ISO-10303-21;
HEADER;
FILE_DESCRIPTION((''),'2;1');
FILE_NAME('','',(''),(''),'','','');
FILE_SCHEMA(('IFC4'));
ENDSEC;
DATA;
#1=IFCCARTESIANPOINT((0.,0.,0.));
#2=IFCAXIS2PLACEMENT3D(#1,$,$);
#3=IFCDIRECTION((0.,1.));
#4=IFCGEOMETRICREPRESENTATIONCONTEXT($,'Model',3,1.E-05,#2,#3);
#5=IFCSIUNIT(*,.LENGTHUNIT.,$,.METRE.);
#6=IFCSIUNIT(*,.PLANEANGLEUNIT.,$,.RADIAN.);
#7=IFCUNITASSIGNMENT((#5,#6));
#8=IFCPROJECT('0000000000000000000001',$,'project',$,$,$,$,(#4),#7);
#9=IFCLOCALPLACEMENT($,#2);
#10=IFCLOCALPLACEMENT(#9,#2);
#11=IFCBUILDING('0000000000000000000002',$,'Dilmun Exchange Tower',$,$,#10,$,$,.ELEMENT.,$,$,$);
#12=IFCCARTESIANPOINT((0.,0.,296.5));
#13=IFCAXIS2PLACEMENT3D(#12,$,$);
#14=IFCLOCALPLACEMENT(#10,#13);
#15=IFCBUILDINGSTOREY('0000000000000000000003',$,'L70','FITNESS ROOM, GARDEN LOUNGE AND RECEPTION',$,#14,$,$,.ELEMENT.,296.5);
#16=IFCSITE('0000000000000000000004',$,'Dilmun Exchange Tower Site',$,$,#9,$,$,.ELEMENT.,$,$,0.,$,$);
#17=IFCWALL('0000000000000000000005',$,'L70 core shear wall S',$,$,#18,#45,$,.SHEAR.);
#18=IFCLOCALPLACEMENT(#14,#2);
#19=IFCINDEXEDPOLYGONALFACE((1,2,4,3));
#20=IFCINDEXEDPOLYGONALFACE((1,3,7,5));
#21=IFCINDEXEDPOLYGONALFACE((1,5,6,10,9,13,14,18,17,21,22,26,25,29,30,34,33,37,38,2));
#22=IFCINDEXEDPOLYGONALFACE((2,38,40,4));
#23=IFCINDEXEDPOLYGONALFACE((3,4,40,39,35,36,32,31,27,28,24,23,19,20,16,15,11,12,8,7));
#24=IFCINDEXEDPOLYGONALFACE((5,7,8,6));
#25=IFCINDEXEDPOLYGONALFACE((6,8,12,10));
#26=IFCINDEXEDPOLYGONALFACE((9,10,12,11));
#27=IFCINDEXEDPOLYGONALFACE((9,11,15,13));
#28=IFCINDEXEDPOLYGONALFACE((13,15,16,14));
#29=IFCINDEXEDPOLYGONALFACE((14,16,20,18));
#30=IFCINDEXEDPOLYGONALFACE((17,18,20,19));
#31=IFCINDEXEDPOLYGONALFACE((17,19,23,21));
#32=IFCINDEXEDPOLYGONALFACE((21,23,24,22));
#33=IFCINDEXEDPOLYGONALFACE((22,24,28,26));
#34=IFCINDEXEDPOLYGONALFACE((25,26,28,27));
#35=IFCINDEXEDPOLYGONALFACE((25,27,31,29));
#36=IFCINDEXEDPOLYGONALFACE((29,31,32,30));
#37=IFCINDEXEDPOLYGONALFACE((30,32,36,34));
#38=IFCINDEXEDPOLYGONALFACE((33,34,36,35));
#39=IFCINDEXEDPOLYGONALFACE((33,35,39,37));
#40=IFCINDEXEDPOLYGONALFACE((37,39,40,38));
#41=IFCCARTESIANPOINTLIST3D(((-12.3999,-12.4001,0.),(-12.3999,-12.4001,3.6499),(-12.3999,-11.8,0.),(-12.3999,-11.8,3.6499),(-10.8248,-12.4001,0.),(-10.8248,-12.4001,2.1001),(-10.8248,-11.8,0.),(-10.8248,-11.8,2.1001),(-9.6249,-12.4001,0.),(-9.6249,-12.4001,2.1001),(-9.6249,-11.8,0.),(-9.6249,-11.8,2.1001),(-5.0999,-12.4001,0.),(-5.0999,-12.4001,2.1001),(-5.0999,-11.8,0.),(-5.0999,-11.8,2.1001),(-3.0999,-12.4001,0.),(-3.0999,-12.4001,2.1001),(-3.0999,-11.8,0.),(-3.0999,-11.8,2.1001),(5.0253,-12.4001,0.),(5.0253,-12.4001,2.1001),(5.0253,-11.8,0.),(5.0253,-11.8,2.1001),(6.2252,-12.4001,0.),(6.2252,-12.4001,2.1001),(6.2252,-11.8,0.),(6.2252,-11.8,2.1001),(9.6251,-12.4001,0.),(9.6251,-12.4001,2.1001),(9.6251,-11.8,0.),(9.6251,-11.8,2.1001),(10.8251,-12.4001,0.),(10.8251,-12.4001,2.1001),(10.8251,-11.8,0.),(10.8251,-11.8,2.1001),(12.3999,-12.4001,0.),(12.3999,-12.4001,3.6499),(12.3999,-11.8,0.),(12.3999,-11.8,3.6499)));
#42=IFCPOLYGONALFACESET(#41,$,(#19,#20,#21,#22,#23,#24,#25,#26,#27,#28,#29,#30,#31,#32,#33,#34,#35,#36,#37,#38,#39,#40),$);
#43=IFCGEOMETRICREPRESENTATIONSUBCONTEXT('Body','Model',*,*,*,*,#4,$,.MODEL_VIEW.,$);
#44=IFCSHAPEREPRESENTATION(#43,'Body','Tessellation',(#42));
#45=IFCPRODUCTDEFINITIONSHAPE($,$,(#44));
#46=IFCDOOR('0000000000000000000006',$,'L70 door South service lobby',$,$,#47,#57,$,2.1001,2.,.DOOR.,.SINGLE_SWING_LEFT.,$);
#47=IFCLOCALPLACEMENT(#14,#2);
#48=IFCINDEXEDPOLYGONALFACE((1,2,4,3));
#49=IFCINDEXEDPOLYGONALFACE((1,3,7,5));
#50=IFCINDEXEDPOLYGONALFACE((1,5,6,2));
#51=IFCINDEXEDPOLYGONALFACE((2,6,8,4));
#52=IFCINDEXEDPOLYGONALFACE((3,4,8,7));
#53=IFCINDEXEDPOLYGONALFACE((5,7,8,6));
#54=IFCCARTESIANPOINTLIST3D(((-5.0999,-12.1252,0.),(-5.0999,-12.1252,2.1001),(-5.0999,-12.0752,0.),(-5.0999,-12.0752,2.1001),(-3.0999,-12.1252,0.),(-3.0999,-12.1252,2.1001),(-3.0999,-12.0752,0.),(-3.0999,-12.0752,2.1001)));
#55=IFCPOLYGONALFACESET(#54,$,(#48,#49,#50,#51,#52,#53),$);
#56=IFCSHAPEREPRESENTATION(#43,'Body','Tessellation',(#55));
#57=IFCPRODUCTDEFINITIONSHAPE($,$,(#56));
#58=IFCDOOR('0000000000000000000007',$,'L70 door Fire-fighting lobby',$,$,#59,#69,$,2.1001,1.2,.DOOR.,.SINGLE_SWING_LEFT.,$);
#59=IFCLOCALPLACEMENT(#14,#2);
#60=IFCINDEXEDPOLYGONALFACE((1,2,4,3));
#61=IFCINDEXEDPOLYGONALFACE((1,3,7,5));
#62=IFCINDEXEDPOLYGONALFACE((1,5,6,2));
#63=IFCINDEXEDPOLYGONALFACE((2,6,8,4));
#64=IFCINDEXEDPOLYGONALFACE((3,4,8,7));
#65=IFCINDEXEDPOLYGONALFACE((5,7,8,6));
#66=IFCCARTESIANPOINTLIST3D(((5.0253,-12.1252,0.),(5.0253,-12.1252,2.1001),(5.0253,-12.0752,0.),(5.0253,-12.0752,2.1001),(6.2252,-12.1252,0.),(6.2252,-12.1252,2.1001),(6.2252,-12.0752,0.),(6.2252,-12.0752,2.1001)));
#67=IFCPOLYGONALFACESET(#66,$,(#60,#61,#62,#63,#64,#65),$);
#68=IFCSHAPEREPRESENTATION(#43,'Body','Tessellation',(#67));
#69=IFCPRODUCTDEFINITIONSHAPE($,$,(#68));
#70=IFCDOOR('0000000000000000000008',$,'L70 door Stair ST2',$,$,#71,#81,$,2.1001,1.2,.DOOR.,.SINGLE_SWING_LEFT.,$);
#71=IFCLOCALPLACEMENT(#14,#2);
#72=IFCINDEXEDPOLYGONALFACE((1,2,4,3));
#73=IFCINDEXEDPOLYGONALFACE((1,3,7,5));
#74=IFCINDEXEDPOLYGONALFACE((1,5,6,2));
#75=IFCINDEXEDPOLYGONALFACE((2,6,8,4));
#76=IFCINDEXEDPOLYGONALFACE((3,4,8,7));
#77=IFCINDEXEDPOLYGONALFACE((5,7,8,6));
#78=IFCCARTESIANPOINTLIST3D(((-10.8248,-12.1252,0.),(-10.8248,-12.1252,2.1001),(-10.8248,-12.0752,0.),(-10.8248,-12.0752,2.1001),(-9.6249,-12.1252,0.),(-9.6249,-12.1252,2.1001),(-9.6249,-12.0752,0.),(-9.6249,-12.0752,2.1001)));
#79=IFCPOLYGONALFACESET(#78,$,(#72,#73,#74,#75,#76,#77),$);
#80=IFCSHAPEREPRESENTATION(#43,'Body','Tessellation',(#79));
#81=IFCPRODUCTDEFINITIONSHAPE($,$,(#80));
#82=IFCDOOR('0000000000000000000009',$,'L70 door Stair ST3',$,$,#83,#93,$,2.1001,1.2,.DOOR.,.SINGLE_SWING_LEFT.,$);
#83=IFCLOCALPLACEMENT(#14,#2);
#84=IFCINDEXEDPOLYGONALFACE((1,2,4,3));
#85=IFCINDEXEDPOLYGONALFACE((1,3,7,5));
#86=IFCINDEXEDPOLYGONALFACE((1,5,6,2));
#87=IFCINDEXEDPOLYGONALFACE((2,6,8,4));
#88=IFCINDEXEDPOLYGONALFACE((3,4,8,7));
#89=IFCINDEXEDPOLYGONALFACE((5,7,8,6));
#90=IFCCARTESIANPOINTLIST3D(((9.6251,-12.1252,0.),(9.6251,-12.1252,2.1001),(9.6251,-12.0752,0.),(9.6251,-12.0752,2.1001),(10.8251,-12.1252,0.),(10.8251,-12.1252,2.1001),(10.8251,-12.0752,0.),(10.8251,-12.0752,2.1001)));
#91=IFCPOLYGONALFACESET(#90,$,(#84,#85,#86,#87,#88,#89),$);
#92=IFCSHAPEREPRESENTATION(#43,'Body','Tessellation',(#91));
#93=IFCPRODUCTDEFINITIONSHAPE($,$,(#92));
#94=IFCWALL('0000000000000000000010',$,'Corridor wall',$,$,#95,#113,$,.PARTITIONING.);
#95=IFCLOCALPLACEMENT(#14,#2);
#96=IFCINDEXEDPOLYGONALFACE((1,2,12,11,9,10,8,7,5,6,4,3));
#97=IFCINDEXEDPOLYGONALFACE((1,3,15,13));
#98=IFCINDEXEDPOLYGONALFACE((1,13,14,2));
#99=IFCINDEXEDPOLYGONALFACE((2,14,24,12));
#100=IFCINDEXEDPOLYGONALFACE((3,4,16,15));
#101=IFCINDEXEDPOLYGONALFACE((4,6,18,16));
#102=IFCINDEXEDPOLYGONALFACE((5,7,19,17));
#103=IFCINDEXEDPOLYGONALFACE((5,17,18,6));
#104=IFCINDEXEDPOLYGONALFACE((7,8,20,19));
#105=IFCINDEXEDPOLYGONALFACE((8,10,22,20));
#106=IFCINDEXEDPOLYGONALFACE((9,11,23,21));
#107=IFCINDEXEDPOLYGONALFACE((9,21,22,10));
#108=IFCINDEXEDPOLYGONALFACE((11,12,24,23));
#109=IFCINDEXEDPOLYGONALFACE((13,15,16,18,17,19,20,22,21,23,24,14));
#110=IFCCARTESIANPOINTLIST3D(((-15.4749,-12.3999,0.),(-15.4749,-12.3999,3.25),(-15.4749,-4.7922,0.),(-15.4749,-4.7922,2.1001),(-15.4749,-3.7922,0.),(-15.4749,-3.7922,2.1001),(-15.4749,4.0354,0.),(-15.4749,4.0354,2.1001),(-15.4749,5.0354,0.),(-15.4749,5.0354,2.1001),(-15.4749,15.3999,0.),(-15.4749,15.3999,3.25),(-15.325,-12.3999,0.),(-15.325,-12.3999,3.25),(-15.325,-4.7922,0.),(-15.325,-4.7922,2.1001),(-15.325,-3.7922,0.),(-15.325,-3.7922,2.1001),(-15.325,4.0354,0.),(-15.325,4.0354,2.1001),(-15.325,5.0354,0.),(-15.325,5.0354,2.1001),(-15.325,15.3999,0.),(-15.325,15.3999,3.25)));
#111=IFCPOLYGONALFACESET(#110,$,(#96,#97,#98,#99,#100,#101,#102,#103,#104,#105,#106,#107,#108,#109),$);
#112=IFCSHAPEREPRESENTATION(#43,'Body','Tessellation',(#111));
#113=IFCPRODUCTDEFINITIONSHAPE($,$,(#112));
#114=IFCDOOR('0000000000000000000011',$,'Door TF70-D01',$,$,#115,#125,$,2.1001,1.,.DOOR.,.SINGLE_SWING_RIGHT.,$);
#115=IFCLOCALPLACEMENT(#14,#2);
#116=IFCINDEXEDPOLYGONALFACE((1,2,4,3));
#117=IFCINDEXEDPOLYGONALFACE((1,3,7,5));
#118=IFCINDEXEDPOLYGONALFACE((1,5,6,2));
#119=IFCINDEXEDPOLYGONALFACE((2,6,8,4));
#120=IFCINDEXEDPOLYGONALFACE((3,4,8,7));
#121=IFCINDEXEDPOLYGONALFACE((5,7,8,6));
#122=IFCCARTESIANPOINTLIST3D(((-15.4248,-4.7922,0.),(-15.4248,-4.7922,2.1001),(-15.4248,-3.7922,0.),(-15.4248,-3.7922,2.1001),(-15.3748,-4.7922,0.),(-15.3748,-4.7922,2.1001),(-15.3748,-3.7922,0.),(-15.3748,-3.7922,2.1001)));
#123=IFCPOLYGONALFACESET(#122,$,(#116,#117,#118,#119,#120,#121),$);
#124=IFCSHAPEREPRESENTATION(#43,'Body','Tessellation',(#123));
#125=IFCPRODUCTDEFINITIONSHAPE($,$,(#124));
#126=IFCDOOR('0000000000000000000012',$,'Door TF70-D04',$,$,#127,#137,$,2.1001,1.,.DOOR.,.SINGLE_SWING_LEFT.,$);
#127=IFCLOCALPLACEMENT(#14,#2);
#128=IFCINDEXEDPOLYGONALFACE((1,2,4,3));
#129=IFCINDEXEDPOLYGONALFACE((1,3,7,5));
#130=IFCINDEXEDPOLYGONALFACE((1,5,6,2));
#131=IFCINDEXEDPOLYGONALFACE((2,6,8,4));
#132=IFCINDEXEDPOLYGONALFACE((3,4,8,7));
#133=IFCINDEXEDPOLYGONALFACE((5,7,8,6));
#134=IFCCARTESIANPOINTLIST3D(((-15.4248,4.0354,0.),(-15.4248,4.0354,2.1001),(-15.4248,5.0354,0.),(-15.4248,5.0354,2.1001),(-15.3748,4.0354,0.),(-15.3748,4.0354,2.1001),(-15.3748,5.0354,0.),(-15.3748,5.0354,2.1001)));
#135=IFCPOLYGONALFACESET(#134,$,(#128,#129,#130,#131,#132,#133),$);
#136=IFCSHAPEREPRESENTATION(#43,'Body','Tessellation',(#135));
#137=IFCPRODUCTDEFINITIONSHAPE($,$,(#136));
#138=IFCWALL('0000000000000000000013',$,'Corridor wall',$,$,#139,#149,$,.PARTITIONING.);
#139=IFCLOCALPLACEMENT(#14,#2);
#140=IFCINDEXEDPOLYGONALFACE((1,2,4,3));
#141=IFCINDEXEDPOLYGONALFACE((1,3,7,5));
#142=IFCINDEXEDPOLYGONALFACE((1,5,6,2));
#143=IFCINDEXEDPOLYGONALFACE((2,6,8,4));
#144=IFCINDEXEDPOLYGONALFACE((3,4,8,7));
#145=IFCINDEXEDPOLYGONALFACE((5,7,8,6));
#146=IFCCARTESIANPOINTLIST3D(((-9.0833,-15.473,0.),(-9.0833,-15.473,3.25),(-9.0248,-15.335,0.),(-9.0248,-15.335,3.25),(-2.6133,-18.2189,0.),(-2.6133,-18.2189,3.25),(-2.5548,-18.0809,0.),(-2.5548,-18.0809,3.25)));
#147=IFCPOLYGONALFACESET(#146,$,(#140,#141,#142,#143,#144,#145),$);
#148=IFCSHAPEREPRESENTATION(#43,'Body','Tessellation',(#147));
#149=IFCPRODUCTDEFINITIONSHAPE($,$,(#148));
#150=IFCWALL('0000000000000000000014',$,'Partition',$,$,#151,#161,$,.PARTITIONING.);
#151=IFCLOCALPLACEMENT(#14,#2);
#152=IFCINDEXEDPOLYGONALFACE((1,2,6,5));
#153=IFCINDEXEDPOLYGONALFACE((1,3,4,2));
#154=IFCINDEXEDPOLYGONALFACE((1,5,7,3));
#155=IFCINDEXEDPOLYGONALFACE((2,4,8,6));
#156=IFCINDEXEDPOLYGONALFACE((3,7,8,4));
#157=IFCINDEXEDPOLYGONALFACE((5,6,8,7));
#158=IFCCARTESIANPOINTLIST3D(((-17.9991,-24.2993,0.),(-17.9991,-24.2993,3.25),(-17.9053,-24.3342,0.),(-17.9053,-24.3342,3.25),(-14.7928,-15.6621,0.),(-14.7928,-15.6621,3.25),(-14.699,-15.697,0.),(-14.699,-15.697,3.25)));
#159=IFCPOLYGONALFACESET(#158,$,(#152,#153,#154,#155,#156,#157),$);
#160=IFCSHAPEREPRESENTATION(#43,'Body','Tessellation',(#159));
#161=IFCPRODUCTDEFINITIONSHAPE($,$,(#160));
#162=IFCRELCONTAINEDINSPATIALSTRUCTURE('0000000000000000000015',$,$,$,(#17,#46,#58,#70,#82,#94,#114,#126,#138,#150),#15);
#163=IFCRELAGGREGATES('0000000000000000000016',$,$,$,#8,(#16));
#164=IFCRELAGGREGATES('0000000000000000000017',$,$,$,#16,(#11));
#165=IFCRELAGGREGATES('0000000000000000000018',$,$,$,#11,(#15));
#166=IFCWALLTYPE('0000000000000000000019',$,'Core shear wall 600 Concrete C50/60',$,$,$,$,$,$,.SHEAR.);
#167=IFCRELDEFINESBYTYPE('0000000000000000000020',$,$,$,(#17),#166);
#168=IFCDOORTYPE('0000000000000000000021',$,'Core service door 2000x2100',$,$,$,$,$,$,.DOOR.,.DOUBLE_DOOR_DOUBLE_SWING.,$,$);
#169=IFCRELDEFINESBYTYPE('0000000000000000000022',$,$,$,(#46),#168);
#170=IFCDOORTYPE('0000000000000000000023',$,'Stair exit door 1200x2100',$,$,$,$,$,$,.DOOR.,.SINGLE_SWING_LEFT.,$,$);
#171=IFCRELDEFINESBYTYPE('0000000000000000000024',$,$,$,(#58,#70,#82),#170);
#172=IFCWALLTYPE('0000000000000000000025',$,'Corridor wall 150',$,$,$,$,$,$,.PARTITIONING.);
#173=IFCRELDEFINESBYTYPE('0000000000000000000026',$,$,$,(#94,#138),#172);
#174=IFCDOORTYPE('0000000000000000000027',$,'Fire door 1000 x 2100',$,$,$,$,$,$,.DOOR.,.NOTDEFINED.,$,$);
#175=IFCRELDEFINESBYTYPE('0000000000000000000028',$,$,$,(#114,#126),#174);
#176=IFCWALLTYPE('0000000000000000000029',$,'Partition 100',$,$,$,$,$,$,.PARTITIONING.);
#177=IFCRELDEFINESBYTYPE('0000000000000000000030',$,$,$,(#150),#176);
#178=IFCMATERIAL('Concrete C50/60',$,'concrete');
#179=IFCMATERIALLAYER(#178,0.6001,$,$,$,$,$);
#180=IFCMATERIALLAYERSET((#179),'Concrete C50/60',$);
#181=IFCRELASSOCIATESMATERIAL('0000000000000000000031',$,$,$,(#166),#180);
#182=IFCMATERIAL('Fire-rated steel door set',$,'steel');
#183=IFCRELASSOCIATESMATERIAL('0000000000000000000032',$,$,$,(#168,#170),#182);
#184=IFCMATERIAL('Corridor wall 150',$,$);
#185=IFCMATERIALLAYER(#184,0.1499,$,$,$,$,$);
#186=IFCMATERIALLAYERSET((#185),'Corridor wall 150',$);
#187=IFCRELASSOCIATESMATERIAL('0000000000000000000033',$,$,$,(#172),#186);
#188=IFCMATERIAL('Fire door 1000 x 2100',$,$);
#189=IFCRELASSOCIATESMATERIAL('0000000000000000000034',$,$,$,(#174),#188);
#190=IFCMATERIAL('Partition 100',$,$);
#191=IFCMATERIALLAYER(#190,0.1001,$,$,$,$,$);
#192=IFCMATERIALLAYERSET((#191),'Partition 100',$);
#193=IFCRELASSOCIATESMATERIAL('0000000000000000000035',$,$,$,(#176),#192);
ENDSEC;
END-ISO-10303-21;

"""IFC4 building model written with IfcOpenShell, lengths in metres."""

from ifc_helpers import new_model, si_unit, direction, frame, frame_2d, origin, place, context, subcontext, project, spatial, rectangle, extrude, material, layer, layer_set, type_object, element, fill, save


model = new_model("IFC4")

# Units and contexts
model_context = context("Model", 3, precision=1e-05, world=origin(), true_north=direction((0.0, 1.0)))
body_context = subcontext(model_context, "Body", "Model", "MODEL_VIEW")
ifc_project = project(units=[si_unit("LENGTHUNIT", "METRE"), si_unit("PLANEANGLEUNIT", "RADIAN")], contexts=[model_context])

# Site, building, storey
site_placement = place(None, origin())
site = spatial("IfcSite", under=ifc_project, at=site_placement, Name="Dilmun Exchange Tower Site", CompositionType="ELEMENT", RefElevation=0.0)
building_placement = place(site_placement, origin())
building = spatial("IfcBuilding", under=site, at=building_placement, Name="Dilmun Exchange Tower", CompositionType="ELEMENT")
storey_placement = place(building_placement, frame((0.0, 0.0, 296.5)))
storey = spatial("IfcBuildingStorey", under=building, at=storey_placement, Name="L70", Description="FITNESS ROOM, GARDEN LOUNGE AND RECEPTION", CompositionType="ELEMENT", Elevation=296.5)

# Shared definitions
ifc_material_1 = material(Name="Concrete C50/60", Category="concrete")

# Wall, openings, doors
ifc_material_2 = material(Name="Fire-rated steel door set", Category="steel")
ifc_layer_1 = layer(ifc_material_1, 0.6001)
ifc_layer_set_1 = layer_set([ifc_layer_1], Name="Concrete C50/60")
wall_type_1 = type_object("IfcWallType", Name="Core shear wall 600 Concrete C50/60", PredefinedType="SHEAR", material=ifc_layer_set_1)
wall_1_placement = place(storey_placement, frame((-12.3999, -12.1001, 0.0), z_axis=(0.0, 0.0, 1.0), x_axis=(1.0, 0.0, 0.0)))
wall_1 = element("IfcWall", 1, at=wall_1_placement, inside=storey, type_object=wall_type_1, Name="L70 core shear wall S", PredefinedType="SHEAR", context=body_context, shape_type="SweptSolid", body=[
    extrude(rectangle(XDim=24.7998, YDim=0.6001, at=frame_2d((12.3999, 0.0))), origin(), (0.0, 0.0, 1.0), 3.6499),
])
opening_1_placement = place(wall_1_placement, frame((7.3, 0.0, 0.0)))
opening_1 = element("IfcOpeningElement", 2, at=opening_1_placement, cuts=wall_1, PredefinedType="OPENING", context=body_context, shape_type="SweptSolid", body=[
    extrude(rectangle(XDim=2.0, YDim=2.1001, at=frame_2d((1.0, 1.05))), frame((0.0, 0.3101, 0.0), z_axis=(0.0, -1.0, 0.0), x_axis=(1.0, 0.0, 0.0)), (0.0, 0.0, 1.0), 0.6201),
])
opening_2_placement = place(wall_1_placement, frame((17.425, 0.0, 0.0)))
opening_2 = element("IfcOpeningElement", 3, at=opening_2_placement, cuts=wall_1, PredefinedType="OPENING", context=body_context, shape_type="SweptSolid", body=[
    extrude(rectangle(XDim=1.2, YDim=2.1001, at=frame_2d((0.6001, 1.05))), frame((0.0, 0.3101, 0.0), z_axis=(0.0, -1.0, 0.0), x_axis=(1.0, 0.0, 0.0)), (0.0, 0.0, 1.0), 0.6201),
])
opening_3_placement = place(wall_1_placement, frame((1.575, 0.0, 0.0)))
opening_3 = element("IfcOpeningElement", 4, at=opening_3_placement, cuts=wall_1, PredefinedType="OPENING", context=body_context, shape_type="SweptSolid", body=[
    extrude(rectangle(XDim=1.2, YDim=2.1001, at=frame_2d((0.6001, 1.05))), frame((0.0, 0.3101, 0.0), z_axis=(0.0, -1.0, 0.0), x_axis=(1.0, 0.0, 0.0)), (0.0, 0.0, 1.0), 0.6201),
])
opening_4_placement = place(wall_1_placement, frame((22.0249, 0.0, 0.0)))
opening_4 = element("IfcOpeningElement", 5, at=opening_4_placement, cuts=wall_1, PredefinedType="OPENING", context=body_context, shape_type="SweptSolid", body=[
    extrude(rectangle(XDim=1.2, YDim=2.1001, at=frame_2d((0.6001, 1.05))), frame((0.0, 0.3101, 0.0), z_axis=(0.0, -1.0, 0.0), x_axis=(1.0, 0.0, 0.0)), (0.0, 0.0, 1.0), 0.6201),
])
door_type_1 = type_object("IfcDoorType", Name="Core service door 2000x2100", OperationType="DOUBLE_DOOR_DOUBLE_SWING", PredefinedType="DOOR", material=ifc_material_2)
door_1_placement = place(opening_1_placement, origin())
door_1 = element("IfcDoor", 6, at=door_1_placement, inside=storey, type_object=door_type_1, Name="L70 door South service lobby", OperationType="SINGLE_SWING_LEFT", OverallHeight=2.1001, OverallWidth=2.0, PredefinedType="DOOR", context=body_context, shape_type="SweptSolid", body=[
    extrude(rectangle(XDim=2.0, YDim=2.1001, at=frame_2d((1.0, 1.05))), frame((0.0, 0.0249, 0.0), z_axis=(0.0, -1.0, 0.0), x_axis=(1.0, 0.0, 0.0)), (0.0, 0.0, 1.0), 0.05),
])
fill(opening_1, door_1)
door_type_2 = type_object("IfcDoorType", Name="Stair exit door 1200x2100", OperationType="SINGLE_SWING_LEFT", PredefinedType="DOOR", material=ifc_material_2)
door_2_placement = place(opening_2_placement, origin())
door_2 = element("IfcDoor", 7, at=door_2_placement, inside=storey, type_object=door_type_2, Name="L70 door Fire-fighting lobby", OperationType="SINGLE_SWING_LEFT", OverallHeight=2.1001, OverallWidth=1.2, PredefinedType="DOOR", context=body_context, shape_type="SweptSolid", body=[
    extrude(rectangle(XDim=1.2, YDim=2.1001, at=frame_2d((0.6001, 1.05))), frame((0.0, 0.0249, 0.0), z_axis=(0.0, -1.0, 0.0), x_axis=(1.0, 0.0, 0.0)), (0.0, 0.0, 1.0), 0.05),
])
fill(opening_2, door_2)
door_3_placement = place(opening_3_placement, origin())
door_3 = element("IfcDoor", 8, at=door_3_placement, inside=storey, type_object=door_type_2, Name="L70 door Stair ST2", OperationType="SINGLE_SWING_LEFT", OverallHeight=2.1001, OverallWidth=1.2, PredefinedType="DOOR", context=body_context, shape_type="SweptSolid", body=[
    extrude(rectangle(XDim=1.2, YDim=2.1001, at=frame_2d((0.6001, 1.05))), frame((0.0, 0.0249, 0.0), z_axis=(0.0, -1.0, 0.0), x_axis=(1.0, 0.0, 0.0)), (0.0, 0.0, 1.0), 0.05),
])
fill(opening_3, door_3)
door_4_placement = place(opening_4_placement, origin())
door_4 = element("IfcDoor", 9, at=door_4_placement, inside=storey, type_object=door_type_2, Name="L70 door Stair ST3", OperationType="SINGLE_SWING_LEFT", OverallHeight=2.1001, OverallWidth=1.2, PredefinedType="DOOR", context=body_context, shape_type="SweptSolid", body=[
    extrude(rectangle(XDim=1.2, YDim=2.1001, at=frame_2d((0.6001, 1.05))), frame((0.0, 0.0249, 0.0), z_axis=(0.0, -1.0, 0.0), x_axis=(1.0, 0.0, 0.0)), (0.0, 0.0, 1.0), 0.05),
])
fill(opening_4, door_4)

# Wall, openings, doors
ifc_material_3 = material(Name="Corridor wall 150")
ifc_layer_2 = layer(ifc_material_3, 0.1499)
ifc_layer_set_2 = layer_set([ifc_layer_2], Name="Corridor wall 150")
wall_type_2 = type_object("IfcWallType", Name="Corridor wall 150", PredefinedType="PARTITIONING", material=ifc_layer_set_2)
wall_2_placement = place(storey_placement, frame((-15.3999, -12.3999, 0.0), z_axis=(0.0, 0.0, 1.0), x_axis=(0.0, 1.0, 0.0)))
wall_2 = element("IfcWall", 10, at=wall_2_placement, inside=storey, type_object=wall_type_2, Name="Corridor wall", PredefinedType="PARTITIONING", context=body_context, shape_type="SweptSolid", body=[
    extrude(rectangle(XDim=27.7998, YDim=0.1499, at=frame_2d((13.8999, 0.0))), origin(), (0.0, 0.0, 1.0), 3.25),
])
opening_5_placement = place(wall_2_placement, frame((7.6077, 0.0, 0.0)))
opening_5 = element("IfcOpeningElement", 11, at=opening_5_placement, cuts=wall_2, PredefinedType="OPENING", context=body_context, shape_type="SweptSolid", body=[
    extrude(rectangle(XDim=1.0, YDim=2.1001, at=frame_2d((0.5, 1.05))), frame((0.0, 0.085, 0.0), z_axis=(0.0, -1.0, 0.0), x_axis=(1.0, 0.0, 0.0)), (0.0, 0.0, 1.0), 0.1699),
])
opening_6_placement = place(wall_2_placement, frame((16.4353, 0.0, 0.0)))
opening_6 = element("IfcOpeningElement", 12, at=opening_6_placement, cuts=wall_2, PredefinedType="OPENING", context=body_context, shape_type="SweptSolid", body=[
    extrude(rectangle(XDim=1.0, YDim=2.1001, at=frame_2d((0.5, 1.05))), frame((0.0, 0.085, 0.0), z_axis=(0.0, -1.0, 0.0), x_axis=(1.0, 0.0, 0.0)), (0.0, 0.0, 1.0), 0.1699),
])
ifc_material_4 = material(Name="Fire door 1000 x 2100")
door_type_3 = type_object("IfcDoorType", Name="Fire door 1000 x 2100", OperationType="NOTDEFINED", PredefinedType="DOOR", material=ifc_material_4)
door_5_placement = place(opening_5_placement, origin())
door_5 = element("IfcDoor", 13, at=door_5_placement, inside=storey, type_object=door_type_3, Name="Door TF70-D01", OperationType="SINGLE_SWING_RIGHT", OverallHeight=2.1001, OverallWidth=1.0, PredefinedType="DOOR", context=body_context, shape_type="SweptSolid", body=[
    extrude(rectangle(XDim=1.0, YDim=2.1001, at=frame_2d((0.5, 1.05))), frame((0.0, 0.0249, 0.0), z_axis=(0.0, -1.0, 0.0), x_axis=(1.0, 0.0, 0.0)), (0.0, 0.0, 1.0), 0.05),
])
fill(opening_5, door_5)
door_6_placement = place(opening_6_placement, origin())
door_6 = element("IfcDoor", 14, at=door_6_placement, inside=storey, type_object=door_type_3, Name="Door TF70-D04", OperationType="SINGLE_SWING_LEFT", OverallHeight=2.1001, OverallWidth=1.0, PredefinedType="DOOR", context=body_context, shape_type="SweptSolid", body=[
    extrude(rectangle(XDim=1.0, YDim=2.1001, at=frame_2d((0.5, 1.05))), frame((0.0, 0.0249, 0.0), z_axis=(0.0, -1.0, 0.0), x_axis=(1.0, 0.0, 0.0)), (0.0, 0.0, 1.0), 0.05),
])
fill(opening_6, door_6)

# Walls
wall_3_placement = place(storey_placement, frame((-9.054, -15.4041, 0.0), z_axis=(0.0, 0.0, 1.0), x_axis=(0.92053, -0.390672, 0.0)))
element("IfcWall", 15, at=wall_3_placement, inside=storey, type_object=wall_type_2, Name="Corridor wall", PredefinedType="PARTITIONING", context=body_context, shape_type="SweptSolid", body=[
    extrude(rectangle(XDim=7.0286, YDim=0.1499, at=frame_2d((3.5142, 0.0))), origin(), (0.0, 0.0, 1.0), 3.25),
])
ifc_material_5 = material(Name="Partition 100")
ifc_layer_3 = layer(ifc_material_5, 0.1001)
ifc_layer_set_3 = layer_set([ifc_layer_3], Name="Partition 100")
wall_type_3 = type_object("IfcWallType", Name="Partition 100", PredefinedType="PARTITIONING", material=ifc_layer_set_3)
wall_4_placement = place(storey_placement, frame((-17.9521, -24.3167, 0.0), z_axis=(0.0, 0.0, 1.0), x_axis=(0.348014, 0.937489, 0.0)))
element("IfcWall", 16, at=wall_4_placement, inside=storey, type_object=wall_type_3, Name="Partition", PredefinedType="PARTITIONING", context=body_context, shape_type="SweptSolid", body=[
    extrude(rectangle(XDim=9.2131, YDim=0.1001, at=frame_2d((4.6064, 0.0))), origin(), (0.0, 0.0, 1.0), 3.25),
])

save(model, "model.ifc")
